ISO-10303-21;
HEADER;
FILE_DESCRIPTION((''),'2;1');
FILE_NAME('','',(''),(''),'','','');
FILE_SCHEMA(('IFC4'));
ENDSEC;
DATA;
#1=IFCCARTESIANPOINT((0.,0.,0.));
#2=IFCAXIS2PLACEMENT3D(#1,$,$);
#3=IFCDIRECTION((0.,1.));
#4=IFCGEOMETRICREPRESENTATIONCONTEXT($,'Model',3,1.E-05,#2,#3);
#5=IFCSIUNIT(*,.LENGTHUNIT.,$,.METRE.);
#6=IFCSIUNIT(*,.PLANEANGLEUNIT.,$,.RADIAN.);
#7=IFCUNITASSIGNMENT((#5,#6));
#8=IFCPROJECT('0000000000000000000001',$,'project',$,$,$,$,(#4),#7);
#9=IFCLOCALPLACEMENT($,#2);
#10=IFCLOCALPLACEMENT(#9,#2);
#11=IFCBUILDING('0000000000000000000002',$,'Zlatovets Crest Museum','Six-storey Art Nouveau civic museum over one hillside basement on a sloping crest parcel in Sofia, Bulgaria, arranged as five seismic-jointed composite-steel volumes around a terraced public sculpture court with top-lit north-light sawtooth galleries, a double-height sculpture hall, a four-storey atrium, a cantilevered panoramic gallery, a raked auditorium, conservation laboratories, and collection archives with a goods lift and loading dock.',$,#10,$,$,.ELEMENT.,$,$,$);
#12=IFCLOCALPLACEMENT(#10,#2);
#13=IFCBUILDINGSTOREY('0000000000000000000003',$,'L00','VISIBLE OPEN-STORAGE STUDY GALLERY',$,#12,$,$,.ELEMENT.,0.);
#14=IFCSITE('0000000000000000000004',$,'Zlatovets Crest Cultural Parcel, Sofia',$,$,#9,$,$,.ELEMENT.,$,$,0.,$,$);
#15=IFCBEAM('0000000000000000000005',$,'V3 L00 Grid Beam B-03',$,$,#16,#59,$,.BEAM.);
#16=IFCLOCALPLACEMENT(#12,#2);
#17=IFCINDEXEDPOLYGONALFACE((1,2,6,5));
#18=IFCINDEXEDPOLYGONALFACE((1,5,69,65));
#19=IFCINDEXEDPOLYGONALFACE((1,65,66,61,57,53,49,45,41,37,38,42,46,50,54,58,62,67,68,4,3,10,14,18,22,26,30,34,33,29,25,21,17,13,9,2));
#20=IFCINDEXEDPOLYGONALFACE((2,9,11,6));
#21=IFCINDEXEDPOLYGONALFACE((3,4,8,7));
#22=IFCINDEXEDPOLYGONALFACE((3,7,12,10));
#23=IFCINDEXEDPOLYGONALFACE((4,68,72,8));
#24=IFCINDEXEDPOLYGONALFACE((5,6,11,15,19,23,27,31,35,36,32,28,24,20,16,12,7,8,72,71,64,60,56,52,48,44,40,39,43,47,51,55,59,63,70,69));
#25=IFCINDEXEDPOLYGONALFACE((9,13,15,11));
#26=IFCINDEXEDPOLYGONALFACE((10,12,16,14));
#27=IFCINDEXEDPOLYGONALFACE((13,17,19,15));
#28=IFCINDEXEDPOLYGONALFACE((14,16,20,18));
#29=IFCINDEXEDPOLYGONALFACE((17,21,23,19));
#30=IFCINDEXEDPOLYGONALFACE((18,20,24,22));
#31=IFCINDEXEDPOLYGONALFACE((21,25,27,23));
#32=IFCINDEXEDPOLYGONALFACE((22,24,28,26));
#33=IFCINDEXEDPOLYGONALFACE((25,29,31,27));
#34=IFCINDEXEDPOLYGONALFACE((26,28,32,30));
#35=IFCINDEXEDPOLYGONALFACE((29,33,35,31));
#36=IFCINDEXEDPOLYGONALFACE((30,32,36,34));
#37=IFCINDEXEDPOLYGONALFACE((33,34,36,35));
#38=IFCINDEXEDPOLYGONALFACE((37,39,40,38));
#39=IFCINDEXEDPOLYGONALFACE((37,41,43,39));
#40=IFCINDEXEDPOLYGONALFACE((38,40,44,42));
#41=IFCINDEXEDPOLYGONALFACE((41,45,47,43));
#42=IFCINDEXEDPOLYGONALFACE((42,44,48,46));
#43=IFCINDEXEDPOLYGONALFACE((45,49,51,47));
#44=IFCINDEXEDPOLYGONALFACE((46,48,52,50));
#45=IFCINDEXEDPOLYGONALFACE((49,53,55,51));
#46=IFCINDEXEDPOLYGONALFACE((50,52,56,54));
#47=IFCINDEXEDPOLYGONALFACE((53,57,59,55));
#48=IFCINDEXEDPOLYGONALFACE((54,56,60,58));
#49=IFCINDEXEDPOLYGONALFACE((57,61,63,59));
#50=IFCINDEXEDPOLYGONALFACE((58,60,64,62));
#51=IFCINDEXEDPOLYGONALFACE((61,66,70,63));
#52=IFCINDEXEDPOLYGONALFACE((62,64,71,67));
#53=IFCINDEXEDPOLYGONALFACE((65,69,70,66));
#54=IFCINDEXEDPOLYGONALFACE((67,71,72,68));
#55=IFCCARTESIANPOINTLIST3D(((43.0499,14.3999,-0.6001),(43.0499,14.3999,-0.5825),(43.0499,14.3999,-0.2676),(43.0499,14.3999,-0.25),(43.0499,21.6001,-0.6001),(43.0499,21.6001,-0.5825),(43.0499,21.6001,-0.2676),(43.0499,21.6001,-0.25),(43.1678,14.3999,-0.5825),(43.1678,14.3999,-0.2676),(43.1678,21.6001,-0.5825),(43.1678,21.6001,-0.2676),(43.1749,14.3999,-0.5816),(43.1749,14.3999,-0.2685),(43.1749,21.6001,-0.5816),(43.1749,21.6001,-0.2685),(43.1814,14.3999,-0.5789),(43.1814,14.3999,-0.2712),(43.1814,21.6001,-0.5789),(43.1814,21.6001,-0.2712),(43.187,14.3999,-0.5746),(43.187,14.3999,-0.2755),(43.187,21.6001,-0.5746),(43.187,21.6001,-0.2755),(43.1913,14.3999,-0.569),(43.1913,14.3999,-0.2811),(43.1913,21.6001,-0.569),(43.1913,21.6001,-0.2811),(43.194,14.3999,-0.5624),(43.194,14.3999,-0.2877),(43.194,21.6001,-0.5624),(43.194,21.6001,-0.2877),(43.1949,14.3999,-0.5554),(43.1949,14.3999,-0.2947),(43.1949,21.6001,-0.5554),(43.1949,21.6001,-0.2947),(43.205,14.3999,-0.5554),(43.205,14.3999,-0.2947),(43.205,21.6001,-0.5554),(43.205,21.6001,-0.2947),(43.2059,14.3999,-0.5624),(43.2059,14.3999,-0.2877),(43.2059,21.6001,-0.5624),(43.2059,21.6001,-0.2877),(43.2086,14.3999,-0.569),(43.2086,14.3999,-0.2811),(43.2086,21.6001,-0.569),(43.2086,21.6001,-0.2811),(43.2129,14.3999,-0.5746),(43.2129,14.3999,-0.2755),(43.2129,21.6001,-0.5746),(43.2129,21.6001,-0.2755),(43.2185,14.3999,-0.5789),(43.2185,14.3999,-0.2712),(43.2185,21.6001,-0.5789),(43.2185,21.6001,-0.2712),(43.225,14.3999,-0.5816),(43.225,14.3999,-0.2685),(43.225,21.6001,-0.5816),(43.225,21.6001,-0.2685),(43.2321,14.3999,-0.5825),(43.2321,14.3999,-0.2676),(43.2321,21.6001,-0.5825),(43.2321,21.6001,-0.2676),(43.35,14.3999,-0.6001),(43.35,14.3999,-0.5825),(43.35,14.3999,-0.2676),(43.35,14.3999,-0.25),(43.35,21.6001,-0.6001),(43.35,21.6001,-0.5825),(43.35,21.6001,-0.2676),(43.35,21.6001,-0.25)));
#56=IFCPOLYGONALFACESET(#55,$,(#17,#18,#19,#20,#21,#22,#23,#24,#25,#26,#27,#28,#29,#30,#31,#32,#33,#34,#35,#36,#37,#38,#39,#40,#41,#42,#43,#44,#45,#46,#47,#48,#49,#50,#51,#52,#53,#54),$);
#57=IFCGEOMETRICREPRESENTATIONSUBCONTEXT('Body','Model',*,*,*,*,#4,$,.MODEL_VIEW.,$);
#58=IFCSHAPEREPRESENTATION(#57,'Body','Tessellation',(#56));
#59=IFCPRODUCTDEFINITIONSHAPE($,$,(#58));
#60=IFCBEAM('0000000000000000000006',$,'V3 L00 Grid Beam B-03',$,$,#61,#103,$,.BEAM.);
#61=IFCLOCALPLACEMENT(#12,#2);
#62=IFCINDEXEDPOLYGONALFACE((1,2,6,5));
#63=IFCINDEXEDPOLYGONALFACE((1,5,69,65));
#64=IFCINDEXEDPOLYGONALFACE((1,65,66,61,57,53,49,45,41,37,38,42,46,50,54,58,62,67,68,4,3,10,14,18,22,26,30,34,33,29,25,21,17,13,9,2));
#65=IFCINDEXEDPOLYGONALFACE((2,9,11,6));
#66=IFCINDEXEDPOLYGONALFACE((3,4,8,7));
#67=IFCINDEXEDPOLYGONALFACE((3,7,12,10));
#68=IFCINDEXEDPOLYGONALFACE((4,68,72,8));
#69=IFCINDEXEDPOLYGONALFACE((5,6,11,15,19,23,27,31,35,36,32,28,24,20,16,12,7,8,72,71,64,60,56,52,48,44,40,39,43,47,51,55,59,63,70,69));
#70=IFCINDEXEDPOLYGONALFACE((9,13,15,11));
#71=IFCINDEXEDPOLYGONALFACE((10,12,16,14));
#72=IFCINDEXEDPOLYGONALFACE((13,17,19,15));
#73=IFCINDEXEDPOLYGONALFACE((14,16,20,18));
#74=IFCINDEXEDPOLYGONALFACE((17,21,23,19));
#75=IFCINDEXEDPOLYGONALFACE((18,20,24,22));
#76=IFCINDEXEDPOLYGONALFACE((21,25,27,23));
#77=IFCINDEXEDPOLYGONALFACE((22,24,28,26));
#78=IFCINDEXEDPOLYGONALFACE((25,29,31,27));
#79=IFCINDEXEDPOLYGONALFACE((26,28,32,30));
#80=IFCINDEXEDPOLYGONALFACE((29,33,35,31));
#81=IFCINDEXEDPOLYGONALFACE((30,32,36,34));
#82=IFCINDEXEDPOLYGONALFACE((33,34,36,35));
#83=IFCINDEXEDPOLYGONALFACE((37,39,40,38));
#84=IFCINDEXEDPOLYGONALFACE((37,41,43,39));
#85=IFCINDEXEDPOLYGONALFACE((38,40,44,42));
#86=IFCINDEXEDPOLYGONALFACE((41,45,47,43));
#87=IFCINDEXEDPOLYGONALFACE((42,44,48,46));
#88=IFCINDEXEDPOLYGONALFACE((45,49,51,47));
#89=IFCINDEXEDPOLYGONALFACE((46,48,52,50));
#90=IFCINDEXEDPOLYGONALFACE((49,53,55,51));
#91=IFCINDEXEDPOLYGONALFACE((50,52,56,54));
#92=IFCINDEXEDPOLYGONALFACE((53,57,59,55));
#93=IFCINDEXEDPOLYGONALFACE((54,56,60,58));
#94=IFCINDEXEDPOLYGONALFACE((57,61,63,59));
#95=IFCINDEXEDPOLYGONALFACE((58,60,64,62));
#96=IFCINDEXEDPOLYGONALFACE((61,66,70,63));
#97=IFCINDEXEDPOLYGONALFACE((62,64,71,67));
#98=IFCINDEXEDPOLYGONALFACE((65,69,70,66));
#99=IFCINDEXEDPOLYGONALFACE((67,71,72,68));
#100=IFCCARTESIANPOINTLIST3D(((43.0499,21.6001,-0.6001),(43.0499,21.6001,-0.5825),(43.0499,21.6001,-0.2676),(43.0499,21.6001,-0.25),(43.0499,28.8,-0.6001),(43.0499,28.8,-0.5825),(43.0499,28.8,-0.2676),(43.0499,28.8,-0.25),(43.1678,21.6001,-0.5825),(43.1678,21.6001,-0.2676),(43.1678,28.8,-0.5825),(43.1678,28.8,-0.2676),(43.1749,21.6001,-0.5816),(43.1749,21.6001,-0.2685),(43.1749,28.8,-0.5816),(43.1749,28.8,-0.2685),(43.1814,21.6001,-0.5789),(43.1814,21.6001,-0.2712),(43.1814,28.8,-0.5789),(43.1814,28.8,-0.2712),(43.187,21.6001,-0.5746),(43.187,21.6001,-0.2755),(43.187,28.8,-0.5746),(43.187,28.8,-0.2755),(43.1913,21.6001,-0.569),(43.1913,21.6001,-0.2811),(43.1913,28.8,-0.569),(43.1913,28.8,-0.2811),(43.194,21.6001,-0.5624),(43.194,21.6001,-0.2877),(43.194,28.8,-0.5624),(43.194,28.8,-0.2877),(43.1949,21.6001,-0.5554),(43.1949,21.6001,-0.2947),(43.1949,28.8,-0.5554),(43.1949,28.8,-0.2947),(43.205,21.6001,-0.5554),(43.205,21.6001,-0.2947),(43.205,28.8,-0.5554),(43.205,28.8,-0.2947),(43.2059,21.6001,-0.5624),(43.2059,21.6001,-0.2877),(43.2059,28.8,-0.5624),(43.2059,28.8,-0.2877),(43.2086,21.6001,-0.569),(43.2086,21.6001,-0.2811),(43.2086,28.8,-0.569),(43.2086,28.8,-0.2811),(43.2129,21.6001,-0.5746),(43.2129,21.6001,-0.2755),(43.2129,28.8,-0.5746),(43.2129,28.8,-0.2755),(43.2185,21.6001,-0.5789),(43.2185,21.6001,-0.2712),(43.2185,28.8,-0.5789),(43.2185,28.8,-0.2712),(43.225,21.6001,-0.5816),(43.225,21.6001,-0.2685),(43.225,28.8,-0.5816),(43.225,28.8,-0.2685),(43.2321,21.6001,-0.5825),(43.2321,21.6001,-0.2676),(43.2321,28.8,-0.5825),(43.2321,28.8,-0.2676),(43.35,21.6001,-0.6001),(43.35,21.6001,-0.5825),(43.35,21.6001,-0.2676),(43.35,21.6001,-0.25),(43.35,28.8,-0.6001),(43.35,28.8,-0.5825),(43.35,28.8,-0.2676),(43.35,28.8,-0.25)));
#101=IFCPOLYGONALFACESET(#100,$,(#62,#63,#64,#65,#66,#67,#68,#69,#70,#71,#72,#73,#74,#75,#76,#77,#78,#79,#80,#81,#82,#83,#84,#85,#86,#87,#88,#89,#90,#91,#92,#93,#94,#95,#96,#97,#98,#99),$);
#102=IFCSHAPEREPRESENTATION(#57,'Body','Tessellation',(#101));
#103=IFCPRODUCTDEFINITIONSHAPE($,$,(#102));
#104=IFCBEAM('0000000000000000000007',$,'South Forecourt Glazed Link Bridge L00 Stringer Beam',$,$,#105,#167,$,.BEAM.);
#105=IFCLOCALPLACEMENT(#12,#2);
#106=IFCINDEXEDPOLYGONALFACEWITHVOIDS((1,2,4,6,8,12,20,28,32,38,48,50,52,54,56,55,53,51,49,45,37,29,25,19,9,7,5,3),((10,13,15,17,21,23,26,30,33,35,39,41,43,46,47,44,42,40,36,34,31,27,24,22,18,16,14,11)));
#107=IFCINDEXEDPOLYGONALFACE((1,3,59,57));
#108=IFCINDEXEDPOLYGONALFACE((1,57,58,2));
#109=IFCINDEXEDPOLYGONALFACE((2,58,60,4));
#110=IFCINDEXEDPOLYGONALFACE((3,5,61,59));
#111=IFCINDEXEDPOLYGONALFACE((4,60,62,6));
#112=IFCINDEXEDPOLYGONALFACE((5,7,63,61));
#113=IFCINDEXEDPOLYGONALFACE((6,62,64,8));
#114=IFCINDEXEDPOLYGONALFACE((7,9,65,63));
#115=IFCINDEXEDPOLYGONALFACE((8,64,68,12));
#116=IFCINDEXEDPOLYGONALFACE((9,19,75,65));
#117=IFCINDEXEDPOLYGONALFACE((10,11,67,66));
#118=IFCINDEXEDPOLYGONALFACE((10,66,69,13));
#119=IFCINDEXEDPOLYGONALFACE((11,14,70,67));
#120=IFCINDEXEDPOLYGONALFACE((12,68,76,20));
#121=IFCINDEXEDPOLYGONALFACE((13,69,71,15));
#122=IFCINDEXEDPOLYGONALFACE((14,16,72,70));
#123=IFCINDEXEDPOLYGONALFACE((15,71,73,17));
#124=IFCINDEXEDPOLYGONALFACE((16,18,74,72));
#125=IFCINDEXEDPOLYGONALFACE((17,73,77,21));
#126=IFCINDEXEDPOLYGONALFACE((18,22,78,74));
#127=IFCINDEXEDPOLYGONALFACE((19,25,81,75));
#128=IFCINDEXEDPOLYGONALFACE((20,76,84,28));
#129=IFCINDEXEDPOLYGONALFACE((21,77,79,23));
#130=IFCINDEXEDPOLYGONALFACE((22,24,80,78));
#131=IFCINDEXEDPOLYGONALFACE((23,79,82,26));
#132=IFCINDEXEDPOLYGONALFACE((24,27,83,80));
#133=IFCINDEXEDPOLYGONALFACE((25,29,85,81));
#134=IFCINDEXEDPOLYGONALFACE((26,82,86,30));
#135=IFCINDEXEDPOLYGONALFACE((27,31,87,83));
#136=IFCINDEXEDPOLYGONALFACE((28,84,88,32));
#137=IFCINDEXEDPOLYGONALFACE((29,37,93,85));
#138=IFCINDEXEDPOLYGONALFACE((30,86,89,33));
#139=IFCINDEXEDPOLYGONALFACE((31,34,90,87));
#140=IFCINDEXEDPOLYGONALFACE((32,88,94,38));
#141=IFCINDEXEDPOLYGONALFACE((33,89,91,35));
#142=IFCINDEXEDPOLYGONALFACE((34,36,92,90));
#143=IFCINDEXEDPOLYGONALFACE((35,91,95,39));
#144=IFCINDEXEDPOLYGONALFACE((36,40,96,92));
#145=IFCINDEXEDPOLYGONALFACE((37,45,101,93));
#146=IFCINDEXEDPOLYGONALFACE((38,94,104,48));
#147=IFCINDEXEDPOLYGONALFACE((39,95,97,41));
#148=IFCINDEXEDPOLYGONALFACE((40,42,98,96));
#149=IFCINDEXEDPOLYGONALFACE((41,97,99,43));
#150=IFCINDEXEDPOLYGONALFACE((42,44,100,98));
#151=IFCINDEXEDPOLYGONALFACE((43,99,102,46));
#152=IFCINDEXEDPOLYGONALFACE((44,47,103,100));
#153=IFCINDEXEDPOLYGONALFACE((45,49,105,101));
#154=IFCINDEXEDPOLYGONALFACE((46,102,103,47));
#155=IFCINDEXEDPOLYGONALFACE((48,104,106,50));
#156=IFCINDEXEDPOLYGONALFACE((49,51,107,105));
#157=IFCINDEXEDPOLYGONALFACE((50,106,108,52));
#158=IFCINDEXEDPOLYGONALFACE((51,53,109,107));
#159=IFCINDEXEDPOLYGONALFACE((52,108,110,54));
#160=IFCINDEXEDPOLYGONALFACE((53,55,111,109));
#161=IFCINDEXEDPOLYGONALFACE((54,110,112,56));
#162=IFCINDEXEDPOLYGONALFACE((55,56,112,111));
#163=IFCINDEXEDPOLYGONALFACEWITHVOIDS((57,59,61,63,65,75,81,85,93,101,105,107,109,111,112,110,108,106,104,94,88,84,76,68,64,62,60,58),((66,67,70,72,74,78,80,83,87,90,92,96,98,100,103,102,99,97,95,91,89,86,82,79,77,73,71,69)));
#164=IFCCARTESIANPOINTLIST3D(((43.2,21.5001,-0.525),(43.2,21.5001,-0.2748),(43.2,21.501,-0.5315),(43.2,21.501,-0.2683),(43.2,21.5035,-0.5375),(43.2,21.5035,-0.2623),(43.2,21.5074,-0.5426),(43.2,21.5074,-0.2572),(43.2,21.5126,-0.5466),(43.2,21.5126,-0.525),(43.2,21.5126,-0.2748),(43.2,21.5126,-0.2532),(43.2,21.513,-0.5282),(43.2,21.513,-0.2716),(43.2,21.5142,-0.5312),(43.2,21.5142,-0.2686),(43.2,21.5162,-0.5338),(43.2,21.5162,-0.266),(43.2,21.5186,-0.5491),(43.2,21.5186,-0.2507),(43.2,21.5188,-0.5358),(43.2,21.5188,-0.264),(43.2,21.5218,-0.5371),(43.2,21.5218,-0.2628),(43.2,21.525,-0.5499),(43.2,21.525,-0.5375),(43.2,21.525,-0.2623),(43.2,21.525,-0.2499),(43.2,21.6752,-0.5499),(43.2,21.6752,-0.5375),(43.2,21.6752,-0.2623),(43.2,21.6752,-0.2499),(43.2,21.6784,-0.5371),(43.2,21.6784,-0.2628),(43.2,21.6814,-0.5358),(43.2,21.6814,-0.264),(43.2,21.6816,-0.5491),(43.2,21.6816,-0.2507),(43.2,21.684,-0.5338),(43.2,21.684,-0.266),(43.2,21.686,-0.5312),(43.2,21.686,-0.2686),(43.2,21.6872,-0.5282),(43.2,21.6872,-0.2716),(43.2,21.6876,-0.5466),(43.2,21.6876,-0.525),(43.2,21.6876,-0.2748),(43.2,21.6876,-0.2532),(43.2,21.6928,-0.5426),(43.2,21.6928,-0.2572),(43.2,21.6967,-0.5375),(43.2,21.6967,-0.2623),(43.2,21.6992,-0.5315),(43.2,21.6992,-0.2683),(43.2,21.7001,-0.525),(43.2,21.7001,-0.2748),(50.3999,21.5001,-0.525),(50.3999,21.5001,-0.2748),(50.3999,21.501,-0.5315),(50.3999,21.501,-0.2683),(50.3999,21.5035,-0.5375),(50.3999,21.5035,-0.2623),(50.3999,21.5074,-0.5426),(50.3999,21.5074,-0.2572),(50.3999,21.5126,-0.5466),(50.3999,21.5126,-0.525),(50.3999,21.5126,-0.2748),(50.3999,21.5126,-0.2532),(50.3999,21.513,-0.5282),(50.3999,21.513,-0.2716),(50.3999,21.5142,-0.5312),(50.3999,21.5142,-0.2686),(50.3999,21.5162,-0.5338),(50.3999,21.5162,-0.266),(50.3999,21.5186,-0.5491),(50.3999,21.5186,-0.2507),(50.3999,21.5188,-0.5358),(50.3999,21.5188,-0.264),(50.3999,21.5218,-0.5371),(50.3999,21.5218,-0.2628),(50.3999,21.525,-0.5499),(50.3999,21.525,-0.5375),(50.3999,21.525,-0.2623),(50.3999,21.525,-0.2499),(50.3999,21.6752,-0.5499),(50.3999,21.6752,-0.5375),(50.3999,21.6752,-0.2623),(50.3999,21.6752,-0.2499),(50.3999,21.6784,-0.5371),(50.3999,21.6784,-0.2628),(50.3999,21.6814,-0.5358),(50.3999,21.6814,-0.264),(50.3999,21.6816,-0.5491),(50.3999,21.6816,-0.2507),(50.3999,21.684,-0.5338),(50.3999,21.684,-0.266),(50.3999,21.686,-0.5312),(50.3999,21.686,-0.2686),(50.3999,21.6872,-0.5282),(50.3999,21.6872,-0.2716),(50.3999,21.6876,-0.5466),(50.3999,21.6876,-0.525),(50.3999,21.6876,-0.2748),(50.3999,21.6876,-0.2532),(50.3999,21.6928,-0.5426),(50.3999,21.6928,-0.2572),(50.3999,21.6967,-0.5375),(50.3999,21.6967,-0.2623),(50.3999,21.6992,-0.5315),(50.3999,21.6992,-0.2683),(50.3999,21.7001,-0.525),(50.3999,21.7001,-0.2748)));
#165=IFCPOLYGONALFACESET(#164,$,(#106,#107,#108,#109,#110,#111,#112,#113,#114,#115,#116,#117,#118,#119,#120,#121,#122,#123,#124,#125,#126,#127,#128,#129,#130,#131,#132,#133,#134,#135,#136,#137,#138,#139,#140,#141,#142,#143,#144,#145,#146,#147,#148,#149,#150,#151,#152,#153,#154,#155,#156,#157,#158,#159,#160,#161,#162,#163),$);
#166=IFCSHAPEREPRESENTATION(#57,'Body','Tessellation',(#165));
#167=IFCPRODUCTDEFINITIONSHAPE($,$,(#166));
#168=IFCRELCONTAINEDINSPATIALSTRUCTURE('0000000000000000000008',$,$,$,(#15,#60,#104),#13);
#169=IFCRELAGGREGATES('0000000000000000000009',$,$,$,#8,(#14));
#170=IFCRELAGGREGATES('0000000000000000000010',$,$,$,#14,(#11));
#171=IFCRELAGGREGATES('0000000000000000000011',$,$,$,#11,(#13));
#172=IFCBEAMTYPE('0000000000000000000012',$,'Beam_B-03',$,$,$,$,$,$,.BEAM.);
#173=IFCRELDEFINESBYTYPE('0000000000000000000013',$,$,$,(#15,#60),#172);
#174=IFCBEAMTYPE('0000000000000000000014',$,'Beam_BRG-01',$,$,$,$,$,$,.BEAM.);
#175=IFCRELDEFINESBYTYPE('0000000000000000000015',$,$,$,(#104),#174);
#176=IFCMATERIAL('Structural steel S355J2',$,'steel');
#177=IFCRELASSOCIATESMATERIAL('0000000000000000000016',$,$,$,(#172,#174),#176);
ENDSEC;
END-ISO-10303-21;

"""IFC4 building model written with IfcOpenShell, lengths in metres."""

from ifc_helpers import new_model, si_unit, direction, frame, origin, origin_2d, place, context, subcontext, project, spatial, hollow_rectangle, i_section, extrude, material, material_profile, profile_set, type_object, element, save


model = new_model("IFC4")

# Units and contexts
model_context = context("Model", 3, precision=1e-05, world=origin(), true_north=direction((0.0, 1.0)))
body_context = subcontext(model_context, "Body", "Model", "MODEL_VIEW")
ifc_project = project(units=[si_unit("LENGTHUNIT", "METRE"), si_unit("PLANEANGLEUNIT", "RADIAN")], contexts=[model_context])

# Site, building, storey
site_placement = place(None, origin())
site = spatial("IfcSite", under=ifc_project, at=site_placement, Name="Zlatovets Crest Cultural Parcel, Sofia", CompositionType="ELEMENT", RefElevation=0.0)
building_placement = place(site_placement, origin())
building = spatial("IfcBuilding", under=site, at=building_placement, Name="Zlatovets Crest Museum", Description="Six-storey Art Nouveau civic museum over one hillside basement on a sloping crest parcel in Sofia, Bulgaria, arranged as five seismic-jointed composite-steel volumes around a terraced public sculpture court with top-lit north-light sawtooth galleries, a double-height sculpture hall, a four-storey atrium, a cantilevered panoramic gallery, a raked auditorium, conservation laboratories, and collection archives with a goods lift and loading dock.", CompositionType="ELEMENT")
storey_placement = place(building_placement, origin())
storey = spatial("IfcBuildingStorey", under=building, at=storey_placement, Name="L00", Description="VISIBLE OPEN-STORAGE STUDY GALLERY", CompositionType="ELEMENT", Elevation=0.0)

# Shared definitions
ifc_material_1 = material(Name="Structural steel S355J2", Category="steel")

# Beams
ifc_material_profile_1 = material_profile(ifc_material_1, i_section(OverallWidth=0.3, OverallDepth=0.3501, WebThickness=0.01, FlangeThickness=0.0176, FilletRadius=0.0271, at=origin_2d()), Name="HEA 360")
ifc_profile_set_1 = profile_set([ifc_material_profile_1], Name="Structural steel S355J2")
beam_type_1 = type_object("IfcBeamType", Name="Beam_B-03", PredefinedType="BEAM", material=ifc_profile_set_1)
for number, where, z_axis, x_axis, name in (
    (1, (43.2, 14.3999, -0.425), (0.0, 1.0, 0.0), (-1.0, 0.0, 0.0), "V3 L00 Grid Beam B-03"),
):
    element("IfcBeam", number, at=place(storey_placement, frame(where, z_axis=z_axis, x_axis=x_axis)), inside=storey, type_object=beam_type_1, Name=name, PredefinedType="BEAM", context=body_context, shape_type="SweptSolid", body=[
        extrude(i_section(OverallWidth=0.3, OverallDepth=0.3501, WebThickness=0.01, FlangeThickness=0.0176, FilletRadius=0.0271, at=origin_2d()), origin(), (0.0, 0.0, 1.0), 7.2002),
    ])
beam_1_placement = place(storey_placement, frame((43.2, 21.6001, -0.425), z_axis=(0.0, 1.0, 0.0), x_axis=(-1.0, 0.0, 0.0)))
element("IfcBeam", 2, at=beam_1_placement, inside=storey, type_object=beam_type_1, Name="V3 L00 Grid Beam B-03", PredefinedType="BEAM", context=body_context, shape_type="SweptSolid", body=[
    extrude(i_section(OverallWidth=0.3, OverallDepth=0.3501, WebThickness=0.01, FlangeThickness=0.0176, FilletRadius=0.0271, at=origin_2d()), origin(), (0.0, 0.0, 1.0), 7.2),
])
ifc_material_profile_2 = material_profile(ifc_material_1, hollow_rectangle(XDim=0.2, YDim=0.3, WallThickness=0.0125, InnerFilletRadius=0.0125, OuterFilletRadius=0.0249, at=origin_2d()), Name="RHS 200x300x12.5")
ifc_profile_set_2 = profile_set([ifc_material_profile_2], Name="Structural steel S355J2")
beam_type_2 = type_object("IfcBeamType", Name="Beam_BRG-01", PredefinedType="BEAM", material=ifc_profile_set_2)
beam_2_placement = place(storey_placement, frame((43.2, 21.6001, -0.3999), z_axis=(1.0, 0.0, 0.0), x_axis=(0.0, 1.0, 0.0)))
element("IfcBeam", 3, at=beam_2_placement, inside=storey, type_object=beam_type_2, Name="South Forecourt Glazed Link Bridge L00 Stringer Beam", PredefinedType="BEAM", context=body_context, shape_type="SweptSolid", body=[
    extrude(hollow_rectangle(XDim=0.2, YDim=0.3, WallThickness=0.0125, InnerFilletRadius=0.0125, OuterFilletRadius=0.0249, at=origin_2d()), origin(), (0.0, 0.0, 1.0), 7.2),
])

save(model, "model.ifc")
